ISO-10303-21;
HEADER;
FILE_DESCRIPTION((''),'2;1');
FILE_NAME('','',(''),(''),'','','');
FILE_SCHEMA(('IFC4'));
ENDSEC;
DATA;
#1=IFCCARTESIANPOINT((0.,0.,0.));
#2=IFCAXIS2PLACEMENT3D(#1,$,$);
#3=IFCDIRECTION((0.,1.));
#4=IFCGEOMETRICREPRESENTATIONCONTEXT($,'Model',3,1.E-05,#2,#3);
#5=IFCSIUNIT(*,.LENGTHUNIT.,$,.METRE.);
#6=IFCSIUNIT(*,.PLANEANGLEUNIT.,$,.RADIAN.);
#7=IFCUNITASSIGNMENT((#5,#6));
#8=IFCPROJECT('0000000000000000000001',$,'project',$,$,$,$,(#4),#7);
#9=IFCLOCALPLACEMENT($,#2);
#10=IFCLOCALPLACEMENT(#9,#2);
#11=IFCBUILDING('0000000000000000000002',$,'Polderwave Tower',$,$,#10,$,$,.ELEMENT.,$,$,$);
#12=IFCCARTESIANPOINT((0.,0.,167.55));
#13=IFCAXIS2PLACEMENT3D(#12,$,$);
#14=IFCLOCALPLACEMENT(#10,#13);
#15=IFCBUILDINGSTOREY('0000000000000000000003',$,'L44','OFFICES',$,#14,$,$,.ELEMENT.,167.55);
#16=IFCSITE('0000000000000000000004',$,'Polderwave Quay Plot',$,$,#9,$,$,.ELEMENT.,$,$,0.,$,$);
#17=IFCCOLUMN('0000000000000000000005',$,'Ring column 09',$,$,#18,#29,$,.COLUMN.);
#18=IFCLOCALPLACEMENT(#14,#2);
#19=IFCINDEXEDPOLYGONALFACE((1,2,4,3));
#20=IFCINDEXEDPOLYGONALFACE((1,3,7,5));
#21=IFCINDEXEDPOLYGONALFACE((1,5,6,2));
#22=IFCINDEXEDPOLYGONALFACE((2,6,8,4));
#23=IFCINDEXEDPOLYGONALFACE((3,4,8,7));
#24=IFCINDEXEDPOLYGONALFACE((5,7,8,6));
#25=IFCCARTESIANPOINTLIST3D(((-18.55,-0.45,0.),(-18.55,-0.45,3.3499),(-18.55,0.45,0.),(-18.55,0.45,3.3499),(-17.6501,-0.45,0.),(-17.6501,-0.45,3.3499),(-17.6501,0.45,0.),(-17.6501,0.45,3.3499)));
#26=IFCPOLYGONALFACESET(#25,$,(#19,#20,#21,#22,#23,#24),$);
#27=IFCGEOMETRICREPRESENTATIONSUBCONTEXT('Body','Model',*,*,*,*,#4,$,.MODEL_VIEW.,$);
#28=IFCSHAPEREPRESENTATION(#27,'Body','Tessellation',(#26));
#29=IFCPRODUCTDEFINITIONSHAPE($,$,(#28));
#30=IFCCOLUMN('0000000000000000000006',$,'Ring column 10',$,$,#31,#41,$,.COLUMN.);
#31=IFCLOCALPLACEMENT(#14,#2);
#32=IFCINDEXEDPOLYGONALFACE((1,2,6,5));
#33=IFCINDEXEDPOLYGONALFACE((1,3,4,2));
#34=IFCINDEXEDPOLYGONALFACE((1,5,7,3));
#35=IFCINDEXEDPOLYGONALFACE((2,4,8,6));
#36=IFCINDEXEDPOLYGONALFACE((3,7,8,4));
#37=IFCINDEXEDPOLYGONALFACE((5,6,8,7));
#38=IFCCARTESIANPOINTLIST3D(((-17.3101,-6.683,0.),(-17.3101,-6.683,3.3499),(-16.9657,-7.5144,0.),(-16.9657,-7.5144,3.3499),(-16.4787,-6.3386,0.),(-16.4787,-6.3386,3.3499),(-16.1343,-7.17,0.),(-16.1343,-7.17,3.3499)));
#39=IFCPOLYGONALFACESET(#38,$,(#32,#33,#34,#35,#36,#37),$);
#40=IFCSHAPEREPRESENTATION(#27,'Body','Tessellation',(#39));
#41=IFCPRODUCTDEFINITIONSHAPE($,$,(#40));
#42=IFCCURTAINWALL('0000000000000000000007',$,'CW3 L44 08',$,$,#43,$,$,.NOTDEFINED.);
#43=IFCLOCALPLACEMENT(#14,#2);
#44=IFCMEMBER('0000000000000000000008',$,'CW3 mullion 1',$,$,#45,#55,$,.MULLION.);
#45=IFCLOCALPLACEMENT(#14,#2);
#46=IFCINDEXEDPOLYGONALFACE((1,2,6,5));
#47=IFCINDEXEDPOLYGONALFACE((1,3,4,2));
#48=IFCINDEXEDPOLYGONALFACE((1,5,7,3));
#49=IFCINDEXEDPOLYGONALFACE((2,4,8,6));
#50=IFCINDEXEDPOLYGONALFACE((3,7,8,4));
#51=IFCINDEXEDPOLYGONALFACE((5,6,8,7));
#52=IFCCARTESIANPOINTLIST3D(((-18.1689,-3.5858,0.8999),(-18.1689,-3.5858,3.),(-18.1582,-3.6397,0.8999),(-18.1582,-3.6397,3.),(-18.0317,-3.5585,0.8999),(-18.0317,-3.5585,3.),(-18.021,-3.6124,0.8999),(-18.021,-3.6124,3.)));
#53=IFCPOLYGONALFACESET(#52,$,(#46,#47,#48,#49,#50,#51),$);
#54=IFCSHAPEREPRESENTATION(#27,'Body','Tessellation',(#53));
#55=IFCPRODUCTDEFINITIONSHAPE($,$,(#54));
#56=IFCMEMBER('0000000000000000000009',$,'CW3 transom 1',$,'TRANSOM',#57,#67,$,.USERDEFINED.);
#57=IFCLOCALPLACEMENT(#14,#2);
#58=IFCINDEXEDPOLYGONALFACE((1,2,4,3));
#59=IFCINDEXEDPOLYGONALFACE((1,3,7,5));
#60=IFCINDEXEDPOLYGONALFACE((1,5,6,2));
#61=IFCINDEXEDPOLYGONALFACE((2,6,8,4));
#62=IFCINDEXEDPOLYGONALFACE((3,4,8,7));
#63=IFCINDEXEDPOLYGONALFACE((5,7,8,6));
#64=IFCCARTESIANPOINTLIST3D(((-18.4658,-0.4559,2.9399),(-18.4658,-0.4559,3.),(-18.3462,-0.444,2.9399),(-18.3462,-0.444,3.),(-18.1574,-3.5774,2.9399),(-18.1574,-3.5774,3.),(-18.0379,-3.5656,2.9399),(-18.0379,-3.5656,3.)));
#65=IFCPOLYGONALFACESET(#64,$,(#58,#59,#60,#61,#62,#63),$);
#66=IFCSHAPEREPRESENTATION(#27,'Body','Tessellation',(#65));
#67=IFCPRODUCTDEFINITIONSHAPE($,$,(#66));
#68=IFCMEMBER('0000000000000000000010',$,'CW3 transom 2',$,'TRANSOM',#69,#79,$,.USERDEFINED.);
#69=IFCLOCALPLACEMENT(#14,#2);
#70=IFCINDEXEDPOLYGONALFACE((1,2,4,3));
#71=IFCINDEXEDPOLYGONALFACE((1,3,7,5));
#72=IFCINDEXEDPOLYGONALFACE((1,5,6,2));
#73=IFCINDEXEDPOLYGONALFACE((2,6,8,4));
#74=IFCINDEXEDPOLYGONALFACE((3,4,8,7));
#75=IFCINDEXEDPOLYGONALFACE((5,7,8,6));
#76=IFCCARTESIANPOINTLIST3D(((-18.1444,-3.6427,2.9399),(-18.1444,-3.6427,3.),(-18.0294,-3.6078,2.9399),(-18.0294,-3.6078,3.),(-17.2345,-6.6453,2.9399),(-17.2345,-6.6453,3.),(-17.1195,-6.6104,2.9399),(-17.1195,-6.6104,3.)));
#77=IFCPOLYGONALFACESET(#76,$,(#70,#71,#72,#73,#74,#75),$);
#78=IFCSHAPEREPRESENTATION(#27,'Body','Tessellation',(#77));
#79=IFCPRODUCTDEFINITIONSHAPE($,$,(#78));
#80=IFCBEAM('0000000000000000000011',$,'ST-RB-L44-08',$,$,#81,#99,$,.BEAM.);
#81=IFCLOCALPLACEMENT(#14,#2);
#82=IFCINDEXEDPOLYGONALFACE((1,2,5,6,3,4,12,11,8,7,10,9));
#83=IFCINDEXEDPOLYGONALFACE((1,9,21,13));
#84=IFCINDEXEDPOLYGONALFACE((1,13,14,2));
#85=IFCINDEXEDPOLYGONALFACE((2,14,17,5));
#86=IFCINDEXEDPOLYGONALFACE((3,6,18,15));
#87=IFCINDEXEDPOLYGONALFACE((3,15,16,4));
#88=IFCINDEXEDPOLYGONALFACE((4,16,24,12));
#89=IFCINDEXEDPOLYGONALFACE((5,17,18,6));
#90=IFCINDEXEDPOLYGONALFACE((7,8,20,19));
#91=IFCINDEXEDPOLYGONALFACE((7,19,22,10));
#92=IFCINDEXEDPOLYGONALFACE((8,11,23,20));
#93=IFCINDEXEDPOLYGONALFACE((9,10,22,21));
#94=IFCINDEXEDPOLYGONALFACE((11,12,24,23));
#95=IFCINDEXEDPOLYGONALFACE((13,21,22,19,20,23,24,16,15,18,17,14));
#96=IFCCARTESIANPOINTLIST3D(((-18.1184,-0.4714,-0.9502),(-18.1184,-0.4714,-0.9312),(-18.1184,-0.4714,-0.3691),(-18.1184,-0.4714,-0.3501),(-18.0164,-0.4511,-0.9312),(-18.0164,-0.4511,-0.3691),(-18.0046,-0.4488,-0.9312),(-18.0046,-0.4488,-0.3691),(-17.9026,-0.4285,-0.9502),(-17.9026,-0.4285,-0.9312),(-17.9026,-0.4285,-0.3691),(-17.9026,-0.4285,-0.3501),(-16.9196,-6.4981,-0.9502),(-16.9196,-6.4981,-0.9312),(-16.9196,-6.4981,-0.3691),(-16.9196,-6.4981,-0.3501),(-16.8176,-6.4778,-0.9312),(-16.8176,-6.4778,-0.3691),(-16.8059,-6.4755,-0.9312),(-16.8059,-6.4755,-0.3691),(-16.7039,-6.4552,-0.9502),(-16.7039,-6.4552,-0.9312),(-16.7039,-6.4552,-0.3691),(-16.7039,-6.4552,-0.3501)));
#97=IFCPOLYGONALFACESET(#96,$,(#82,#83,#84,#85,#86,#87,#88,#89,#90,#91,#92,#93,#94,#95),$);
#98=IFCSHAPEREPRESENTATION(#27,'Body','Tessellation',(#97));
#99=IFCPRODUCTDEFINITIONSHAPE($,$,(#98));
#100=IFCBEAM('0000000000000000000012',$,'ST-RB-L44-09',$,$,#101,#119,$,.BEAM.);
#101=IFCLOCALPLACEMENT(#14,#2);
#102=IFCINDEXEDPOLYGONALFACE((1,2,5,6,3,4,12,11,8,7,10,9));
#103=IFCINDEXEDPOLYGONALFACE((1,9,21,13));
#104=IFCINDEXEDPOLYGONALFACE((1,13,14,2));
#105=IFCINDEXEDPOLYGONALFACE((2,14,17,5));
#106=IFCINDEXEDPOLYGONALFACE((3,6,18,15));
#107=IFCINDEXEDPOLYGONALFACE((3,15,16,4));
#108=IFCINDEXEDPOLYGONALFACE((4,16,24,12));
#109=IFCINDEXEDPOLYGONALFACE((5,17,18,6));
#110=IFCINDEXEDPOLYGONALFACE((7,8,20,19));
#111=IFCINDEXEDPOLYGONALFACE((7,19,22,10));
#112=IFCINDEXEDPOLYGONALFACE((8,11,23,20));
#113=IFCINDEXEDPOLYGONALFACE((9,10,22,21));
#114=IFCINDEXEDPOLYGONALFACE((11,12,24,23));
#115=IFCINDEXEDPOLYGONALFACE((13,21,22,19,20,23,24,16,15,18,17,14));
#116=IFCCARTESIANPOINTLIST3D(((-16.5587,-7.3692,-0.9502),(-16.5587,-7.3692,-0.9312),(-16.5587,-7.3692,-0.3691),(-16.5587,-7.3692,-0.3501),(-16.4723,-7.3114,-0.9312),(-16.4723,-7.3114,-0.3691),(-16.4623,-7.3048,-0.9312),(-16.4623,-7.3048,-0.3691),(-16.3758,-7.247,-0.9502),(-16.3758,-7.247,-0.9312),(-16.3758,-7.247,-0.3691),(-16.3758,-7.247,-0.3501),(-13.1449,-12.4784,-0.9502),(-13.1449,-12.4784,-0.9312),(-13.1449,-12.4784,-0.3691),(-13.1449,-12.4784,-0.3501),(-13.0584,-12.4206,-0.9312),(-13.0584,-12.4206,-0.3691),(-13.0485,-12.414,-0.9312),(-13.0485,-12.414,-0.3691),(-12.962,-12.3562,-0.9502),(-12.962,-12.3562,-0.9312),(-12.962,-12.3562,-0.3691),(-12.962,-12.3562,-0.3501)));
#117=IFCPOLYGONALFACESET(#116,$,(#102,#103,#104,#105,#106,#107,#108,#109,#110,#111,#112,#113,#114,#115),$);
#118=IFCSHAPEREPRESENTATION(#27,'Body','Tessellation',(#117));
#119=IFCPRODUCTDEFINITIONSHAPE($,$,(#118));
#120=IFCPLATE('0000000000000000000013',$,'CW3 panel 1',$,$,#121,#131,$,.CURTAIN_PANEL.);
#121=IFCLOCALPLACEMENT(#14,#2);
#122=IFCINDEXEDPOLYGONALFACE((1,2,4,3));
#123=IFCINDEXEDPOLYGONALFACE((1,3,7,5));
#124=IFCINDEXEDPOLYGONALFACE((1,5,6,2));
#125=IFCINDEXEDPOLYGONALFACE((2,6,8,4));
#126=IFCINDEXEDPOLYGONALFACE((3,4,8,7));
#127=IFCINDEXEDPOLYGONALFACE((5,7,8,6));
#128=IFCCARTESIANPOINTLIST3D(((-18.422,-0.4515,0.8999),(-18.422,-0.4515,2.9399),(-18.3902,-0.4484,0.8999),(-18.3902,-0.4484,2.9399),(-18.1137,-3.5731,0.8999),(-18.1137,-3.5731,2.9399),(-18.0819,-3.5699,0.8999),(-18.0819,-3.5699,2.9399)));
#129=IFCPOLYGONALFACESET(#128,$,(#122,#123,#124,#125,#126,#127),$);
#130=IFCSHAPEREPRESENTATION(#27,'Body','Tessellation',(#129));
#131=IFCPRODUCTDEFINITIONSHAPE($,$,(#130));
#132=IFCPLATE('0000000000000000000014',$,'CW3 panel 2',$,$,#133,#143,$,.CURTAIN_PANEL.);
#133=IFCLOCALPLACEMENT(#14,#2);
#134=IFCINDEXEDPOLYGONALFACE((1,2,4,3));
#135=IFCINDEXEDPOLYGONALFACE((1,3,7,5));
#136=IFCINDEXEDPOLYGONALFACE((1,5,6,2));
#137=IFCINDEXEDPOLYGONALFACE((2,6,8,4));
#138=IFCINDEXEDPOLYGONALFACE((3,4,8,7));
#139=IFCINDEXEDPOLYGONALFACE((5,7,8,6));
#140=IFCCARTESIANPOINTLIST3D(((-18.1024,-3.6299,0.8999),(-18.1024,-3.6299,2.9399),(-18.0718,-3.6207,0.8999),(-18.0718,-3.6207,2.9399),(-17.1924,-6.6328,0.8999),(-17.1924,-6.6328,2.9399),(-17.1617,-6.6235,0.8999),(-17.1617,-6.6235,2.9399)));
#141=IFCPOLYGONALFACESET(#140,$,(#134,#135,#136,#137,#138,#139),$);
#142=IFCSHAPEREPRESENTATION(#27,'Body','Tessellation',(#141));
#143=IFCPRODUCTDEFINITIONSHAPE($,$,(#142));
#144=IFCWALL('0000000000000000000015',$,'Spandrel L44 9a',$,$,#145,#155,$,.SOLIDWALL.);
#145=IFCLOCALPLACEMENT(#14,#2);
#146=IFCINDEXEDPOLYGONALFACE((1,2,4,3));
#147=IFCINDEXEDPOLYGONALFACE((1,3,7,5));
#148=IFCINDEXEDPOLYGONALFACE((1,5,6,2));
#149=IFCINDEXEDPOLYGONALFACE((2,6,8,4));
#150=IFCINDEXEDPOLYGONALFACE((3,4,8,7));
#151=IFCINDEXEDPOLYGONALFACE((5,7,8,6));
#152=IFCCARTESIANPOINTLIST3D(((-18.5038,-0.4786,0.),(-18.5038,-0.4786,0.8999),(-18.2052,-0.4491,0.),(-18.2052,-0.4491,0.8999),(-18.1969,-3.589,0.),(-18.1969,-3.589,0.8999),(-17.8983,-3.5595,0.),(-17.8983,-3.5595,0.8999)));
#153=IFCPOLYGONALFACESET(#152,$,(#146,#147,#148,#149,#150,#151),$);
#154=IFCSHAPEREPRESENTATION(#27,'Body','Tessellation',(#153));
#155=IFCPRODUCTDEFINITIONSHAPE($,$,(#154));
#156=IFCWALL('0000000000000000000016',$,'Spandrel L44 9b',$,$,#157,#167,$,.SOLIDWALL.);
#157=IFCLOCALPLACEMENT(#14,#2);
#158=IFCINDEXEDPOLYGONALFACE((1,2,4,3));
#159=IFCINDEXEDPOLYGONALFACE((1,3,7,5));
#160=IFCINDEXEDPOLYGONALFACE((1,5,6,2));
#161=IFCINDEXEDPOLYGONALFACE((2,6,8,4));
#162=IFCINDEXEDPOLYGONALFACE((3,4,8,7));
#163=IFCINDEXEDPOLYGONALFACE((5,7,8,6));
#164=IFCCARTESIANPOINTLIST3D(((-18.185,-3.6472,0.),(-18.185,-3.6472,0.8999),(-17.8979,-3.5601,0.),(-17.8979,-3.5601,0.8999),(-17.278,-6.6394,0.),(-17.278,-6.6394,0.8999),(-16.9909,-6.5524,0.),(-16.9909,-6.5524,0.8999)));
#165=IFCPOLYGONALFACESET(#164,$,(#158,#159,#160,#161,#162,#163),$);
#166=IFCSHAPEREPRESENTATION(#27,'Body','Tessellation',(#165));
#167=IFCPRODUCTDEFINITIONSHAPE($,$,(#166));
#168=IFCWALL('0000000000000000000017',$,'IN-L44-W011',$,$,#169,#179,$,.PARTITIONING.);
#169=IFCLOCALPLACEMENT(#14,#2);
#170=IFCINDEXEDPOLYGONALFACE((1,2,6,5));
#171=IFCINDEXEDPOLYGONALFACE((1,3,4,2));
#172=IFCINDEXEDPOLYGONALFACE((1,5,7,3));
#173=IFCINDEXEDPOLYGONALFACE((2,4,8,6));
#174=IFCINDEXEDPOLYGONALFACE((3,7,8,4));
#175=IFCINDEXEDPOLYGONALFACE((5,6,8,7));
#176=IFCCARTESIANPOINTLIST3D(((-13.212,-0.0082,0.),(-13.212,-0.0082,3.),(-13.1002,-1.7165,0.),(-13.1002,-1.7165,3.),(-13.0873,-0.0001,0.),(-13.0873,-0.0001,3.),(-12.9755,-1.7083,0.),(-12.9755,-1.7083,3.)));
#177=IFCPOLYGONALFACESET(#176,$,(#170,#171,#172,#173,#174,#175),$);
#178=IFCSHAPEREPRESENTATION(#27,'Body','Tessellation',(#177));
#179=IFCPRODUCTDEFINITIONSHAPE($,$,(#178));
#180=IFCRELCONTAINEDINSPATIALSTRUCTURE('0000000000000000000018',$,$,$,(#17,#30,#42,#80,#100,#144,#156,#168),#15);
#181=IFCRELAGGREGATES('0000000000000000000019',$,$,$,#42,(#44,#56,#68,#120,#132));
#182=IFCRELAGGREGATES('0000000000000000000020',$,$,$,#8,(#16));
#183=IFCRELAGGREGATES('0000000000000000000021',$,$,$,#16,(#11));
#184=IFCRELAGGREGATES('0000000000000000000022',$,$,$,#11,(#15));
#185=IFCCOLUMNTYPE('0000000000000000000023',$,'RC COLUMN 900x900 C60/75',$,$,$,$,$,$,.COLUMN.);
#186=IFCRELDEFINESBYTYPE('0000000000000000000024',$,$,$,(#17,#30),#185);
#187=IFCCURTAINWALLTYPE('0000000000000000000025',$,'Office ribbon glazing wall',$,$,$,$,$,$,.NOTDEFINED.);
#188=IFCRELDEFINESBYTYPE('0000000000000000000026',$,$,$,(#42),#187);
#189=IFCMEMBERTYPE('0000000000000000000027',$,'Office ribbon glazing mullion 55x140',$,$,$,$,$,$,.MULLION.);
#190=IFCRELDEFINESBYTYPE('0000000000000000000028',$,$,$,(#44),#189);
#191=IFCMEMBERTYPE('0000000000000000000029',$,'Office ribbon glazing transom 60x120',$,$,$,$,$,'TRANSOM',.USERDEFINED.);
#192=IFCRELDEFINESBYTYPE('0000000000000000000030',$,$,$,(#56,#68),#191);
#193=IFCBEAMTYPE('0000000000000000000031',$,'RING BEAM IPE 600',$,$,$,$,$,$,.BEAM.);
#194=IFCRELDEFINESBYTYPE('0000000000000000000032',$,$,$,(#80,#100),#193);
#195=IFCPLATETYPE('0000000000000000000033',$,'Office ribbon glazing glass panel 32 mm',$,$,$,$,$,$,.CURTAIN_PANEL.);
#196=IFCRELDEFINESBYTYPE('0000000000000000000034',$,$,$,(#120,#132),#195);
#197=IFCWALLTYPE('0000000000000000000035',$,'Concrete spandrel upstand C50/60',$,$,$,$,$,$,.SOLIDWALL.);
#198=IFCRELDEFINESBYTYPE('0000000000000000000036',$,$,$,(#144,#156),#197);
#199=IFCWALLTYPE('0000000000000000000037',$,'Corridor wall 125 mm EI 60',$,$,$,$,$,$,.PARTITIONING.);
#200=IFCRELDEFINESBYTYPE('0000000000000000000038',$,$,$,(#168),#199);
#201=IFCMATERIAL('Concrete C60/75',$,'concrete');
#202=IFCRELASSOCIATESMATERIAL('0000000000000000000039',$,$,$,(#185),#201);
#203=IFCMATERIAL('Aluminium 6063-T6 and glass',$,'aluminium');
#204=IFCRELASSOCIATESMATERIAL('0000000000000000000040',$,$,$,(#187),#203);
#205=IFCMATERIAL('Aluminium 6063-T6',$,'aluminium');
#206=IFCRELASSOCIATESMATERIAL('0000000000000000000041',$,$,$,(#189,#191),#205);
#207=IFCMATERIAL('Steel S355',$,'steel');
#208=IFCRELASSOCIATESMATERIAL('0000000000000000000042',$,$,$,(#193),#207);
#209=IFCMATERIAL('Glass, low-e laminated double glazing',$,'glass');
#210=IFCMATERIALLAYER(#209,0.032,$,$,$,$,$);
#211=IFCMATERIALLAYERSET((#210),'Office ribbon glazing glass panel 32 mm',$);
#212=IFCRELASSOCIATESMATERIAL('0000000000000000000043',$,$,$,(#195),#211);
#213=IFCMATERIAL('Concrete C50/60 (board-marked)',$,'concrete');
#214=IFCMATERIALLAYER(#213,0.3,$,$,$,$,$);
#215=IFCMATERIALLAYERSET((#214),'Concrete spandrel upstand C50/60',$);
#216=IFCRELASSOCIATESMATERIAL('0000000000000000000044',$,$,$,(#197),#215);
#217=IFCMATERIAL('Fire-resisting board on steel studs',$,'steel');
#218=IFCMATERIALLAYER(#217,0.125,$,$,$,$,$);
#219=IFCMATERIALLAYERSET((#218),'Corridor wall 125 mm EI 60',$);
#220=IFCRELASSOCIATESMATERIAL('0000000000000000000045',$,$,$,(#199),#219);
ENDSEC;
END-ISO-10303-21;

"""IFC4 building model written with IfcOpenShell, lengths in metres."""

from ifc_helpers import new_model, si_unit, direction, frame, frame_2d, origin, origin_2d, place, context, subcontext, project, spatial, rectangle, i_section, extrude, material, layer, layer_set, material_profile, profile_set, type_object, element, aggregate, save


model = new_model("IFC4")

# Units and contexts
model_context = context("Model", 3, precision=1e-05, world=origin(), true_north=direction((0.0, 1.0)))
body_context = subcontext(model_context, "Body", "Model", "MODEL_VIEW")
ifc_project = project(units=[si_unit("LENGTHUNIT", "METRE"), si_unit("PLANEANGLEUNIT", "RADIAN")], contexts=[model_context])

# Site, building, storey
site_placement = place(None, origin())
site = spatial("IfcSite", under=ifc_project, at=site_placement, Name="Polderwave Quay Plot", CompositionType="ELEMENT", RefElevation=0.0)
building_placement = place(site_placement, origin())
building = spatial("IfcBuilding", under=site, at=building_placement, Name="Polderwave Tower", CompositionType="ELEMENT")
storey_placement = place(building_placement, frame((0.0, 0.0, 167.55)))
storey = spatial("IfcBuildingStorey", under=building, at=storey_placement, Name="L44", Description="OFFICES", CompositionType="ELEMENT", Elevation=167.55)

# Columns
ifc_material_1 = material(Name="Concrete C60/75", Category="concrete")
ifc_material_profile_1 = material_profile(ifc_material_1, rectangle(XDim=0.8999, YDim=0.8999, at=origin_2d()), Name="RC 900x900")
ifc_profile_set_1 = profile_set([ifc_material_profile_1], Name="Concrete C60/75")
column_type = type_object("IfcColumnType", Name="RC COLUMN 900x900 C60/75", PredefinedType="COLUMN", material=ifc_profile_set_1)
for number, where, z_axis, x_axis, name in (
    (1, (-18.1001, 0.0, 0.0), (0.0, 0.0, 1.0), (-1.0, 0.0, 0.0), "Ring column 09"),
    (2, (-16.7222, -6.9265, 0.0), (0.0, 0.0, 1.0), (-0.92388, -0.382683, 0.0), "Ring column 10"),
):
    element("IfcColumn", number, at=place(storey_placement, frame(where, z_axis=z_axis, x_axis=x_axis)), inside=storey, type_object=column_type, Name=name, PredefinedType="COLUMN", context=body_context, shape_type="SweptSolid", body=[
        extrude(rectangle(XDim=0.8999, YDim=0.8999, at=origin_2d()), origin(), (0.0, 0.0, 1.0), 3.3499),
    ])

# Curtain wall, members
ifc_material_2 = material(Name="Aluminium 6063-T6 and glass", Category="aluminium")
curtain_wall_type = type_object("IfcCurtainWallType", Name="Office ribbon glazing wall", PredefinedType="NOTDEFINED", material=ifc_material_2)
curtain_wall_placement = place(storey_placement, origin())
curtain_wall = element("IfcCurtainWall", 3, at=curtain_wall_placement, inside=storey, type_object=curtain_wall_type, Name="CW3 L44 08", PredefinedType="NOTDEFINED")
ifc_material_3 = material(Name="Aluminium 6063-T6", Category="aluminium")
ifc_material_profile_2 = material_profile(ifc_material_3, rectangle(XDim=0.1399, YDim=0.0549, at=origin_2d()), Name="AL 55x140")
ifc_profile_set_2 = profile_set([ifc_material_profile_2], Name="Aluminium 6063-T6")
member_type_1 = type_object("IfcMemberType", Name="Office ribbon glazing mullion 55x140", PredefinedType="MULLION", material=ifc_profile_set_2)
member_1_placement = place(storey_placement, frame((-18.095, -3.5991, 0.8999), z_axis=(0.0, 0.0, 1.0), x_axis=(0.980784, 0.195097, 0.0)))
member_1 = element("IfcMember", 4, at=member_1_placement, type_object=member_type_1, Name="CW3 mullion 1", PredefinedType="MULLION", context=body_context, shape_type="SweptSolid", body=[
    extrude(rectangle(XDim=0.1399, YDim=0.0549, at=origin_2d()), origin(), (0.0, 0.0, 1.0), 2.1001),
])
ifc_material_profile_3 = material_profile(ifc_material_3, rectangle(XDim=0.1201, YDim=0.0601, at=origin_2d()), Name="AL 60x120")
ifc_profile_set_3 = profile_set([ifc_material_profile_3], Name="Aluminium 6063-T6")
member_type_2 = type_object("IfcMemberType", Name="Office ribbon glazing transom 60x120", ElementType="TRANSOM", PredefinedType="USERDEFINED", material=ifc_profile_set_3)
member_2_placement = place(storey_placement, frame((-18.406, -0.45, 2.97), z_axis=(0.098301, -0.995157, 0.0), x_axis=(0.995157, 0.098301, 0.0)))
member_2 = element("IfcMember", 5, at=member_2_placement, type_object=member_type_2, Name="CW3 transom 1", ObjectType="TRANSOM", PredefinedType="USERDEFINED", context=body_context, shape_type="SweptSolid", body=[
    extrude(rectangle(XDim=0.1201, YDim=0.0601, at=origin_2d()), origin(), (0.0, 0.0, 1.0), 3.1367),
])
member_3_placement = place(storey_placement, frame((-18.0869, -3.6252, 2.97), z_axis=(0.29001, -0.957024, 0.0), x_axis=(0.957024, 0.29001, 0.0)))
member_3 = element("IfcMember", 6, at=member_3_placement, type_object=member_type_2, Name="CW3 transom 2", ObjectType="TRANSOM", PredefinedType="USERDEFINED", context=body_context, shape_type="SweptSolid", body=[
    extrude(rectangle(XDim=0.1201, YDim=0.0601, at=origin_2d()), origin(), (0.0, 0.0, 1.0), 3.1375),
])

# Beams
ifc_material_4 = material(Name="Steel S355", Category="steel")
ifc_material_profile_4 = material_profile(ifc_material_4, i_section(OverallWidth=0.22, OverallDepth=0.6001, WebThickness=0.012, FlangeThickness=0.019, at=origin_2d()), Name="IPE 600")
ifc_profile_set_4 = profile_set([ifc_material_profile_4], Name="Steel S355")
beam_type = type_object("IfcBeamType", Name="RING BEAM IPE 600", PredefinedType="BEAM", material=ifc_profile_set_4)
for number, where, z_axis, x_axis, name in (
    (7, (-18.0105, -0.45, -0.6501), (0.195085, -0.980786, 0.0), (0.980786, 0.195085, 0.0), "ST-RB-L44-08"),
    (8, (-16.4673, -7.3081, -0.6501), (0.555571, -0.831469, 0.0), (0.831469, 0.555571, 0.0), "ST-RB-L44-09"),
):
    element("IfcBeam", number, at=place(storey_placement, frame(where, z_axis=z_axis, x_axis=x_axis)), inside=storey, type_object=beam_type, Name=name, PredefinedType="BEAM", context=body_context, shape_type="SweptSolid", body=[
        extrude(i_section(OverallWidth=0.22, OverallDepth=0.6001, WebThickness=0.012, FlangeThickness=0.019, at=origin_2d()), origin(), (0.0, 0.0, 1.0), 6.1448),
    ])

# Plates
ifc_material_5 = material(Name="Glass, low-e laminated double glazing", Category="glass")
ifc_layer_1 = layer(ifc_material_5, 0.032)
ifc_layer_set_1 = layer_set([ifc_layer_1], Name="Office ribbon glazing glass panel 32 mm")
plate_type = type_object("IfcPlateType", Name="Office ribbon glazing glass panel 32 mm", PredefinedType="CURTAIN_PANEL", material=ifc_layer_set_1)
plate_1_placement = place(storey_placement, frame((-18.252, -2.0107, 0.8999), z_axis=(0.0, 0.0, 1.0), x_axis=(0.098283, -0.995159, 0.0)))
plate_1 = element("IfcPlate", 9, at=plate_1_placement, type_object=plate_type, Name="CW3 panel 1", PredefinedType="CURTAIN_PANEL", context=body_context, shape_type="SweptSolid", body=[
    extrude(rectangle(XDim=3.1367, YDim=0.032, at=origin_2d()), origin(), (0.0, 0.0, 1.0), 2.04),
])
plate_2_placement = place(storey_placement, frame((-17.6321, -5.1267, 0.8999), z_axis=(0.0, 0.0, 1.0), x_axis=(0.290042, -0.957014, 0.0)))
plate_2 = element("IfcPlate", 10, at=plate_2_placement, type_object=plate_type, Name="CW3 panel 2", PredefinedType="CURTAIN_PANEL", context=body_context, shape_type="SweptSolid", body=[
    extrude(rectangle(XDim=3.1377, YDim=0.032, at=origin_2d()), origin(), (0.0, 0.0, 1.0), 2.04),
])
aggregate(curtain_wall, [member_1, member_2, member_3, plate_1, plate_2])

# Walls
ifc_material_6 = material(Name="Concrete C50/60 (board-marked)", Category="concrete")
ifc_layer_2 = layer(ifc_material_6, 0.3)
ifc_layer_set_2 = layer_set([ifc_layer_2], Name="Concrete spandrel upstand C50/60")
wall_type_1 = type_object("IfcWallType", Name="Concrete spandrel upstand C50/60", PredefinedType="SOLIDWALL", material=ifc_layer_set_2)
wall_1_placement = place(storey_placement, frame((-18.3545, -0.4639, 0.0), z_axis=(0.0, 0.0, 1.0), x_axis=(0.098189, -0.995168, 0.0)))
element("IfcWall", 11, at=wall_1_placement, inside=storey, type_object=wall_type_1, Name="Spandrel L44 9a", PredefinedType="SOLIDWALL", context=body_context, shape_type="SweptSolid", body=[
    extrude(rectangle(XDim=3.1255, YDim=0.3, at=frame_2d((1.5627, 0.0))), origin(), (0.0, 0.0, 1.0), 0.8999),
])
wall_2_placement = place(storey_placement, frame((-18.0415, -3.6035, 0.0), z_axis=(0.0, 0.0, 1.0), x_axis=(0.290083, -0.957001, 0.0)))
element("IfcWall", 12, at=wall_2_placement, inside=storey, type_object=wall_type_1, Name="Spandrel L44 9b", PredefinedType="SOLIDWALL", context=body_context, shape_type="SweptSolid", body=[
    extrude(rectangle(XDim=3.1267, YDim=0.3, at=frame_2d((1.5635, 0.0))), origin(), (0.0, 0.0, 1.0), 0.8999),
])
ifc_material_7 = material(Name="Fire-resisting board on steel studs", Category="steel")
ifc_layer_3 = layer(ifc_material_7, 0.125)
ifc_layer_set_3 = layer_set([ifc_layer_3], Name="Corridor wall 125 mm EI 60")
wall_type_2 = type_object("IfcWallType", Name="Corridor wall 125 mm EI 60", PredefinedType="PARTITIONING", material=ifc_layer_set_3)
wall_3_placement = place(storey_placement, frame((-13.0378, -1.7124, 0.0), z_axis=(0.0, 0.0, 1.0), x_axis=(-0.065317, 0.997865, 0.0)))
element("IfcWall", 13, at=wall_3_placement, inside=storey, type_object=wall_type_2, Name="IN-L44-W011", PredefinedType="PARTITIONING", context=body_context, shape_type="SweptSolid", body=[
    extrude(rectangle(XDim=1.7119, YDim=0.125, at=frame_2d((0.856, 0.0))), origin(), (0.0, 0.0, 1.0), 3.0),
])

save(model, "model.ifc")
